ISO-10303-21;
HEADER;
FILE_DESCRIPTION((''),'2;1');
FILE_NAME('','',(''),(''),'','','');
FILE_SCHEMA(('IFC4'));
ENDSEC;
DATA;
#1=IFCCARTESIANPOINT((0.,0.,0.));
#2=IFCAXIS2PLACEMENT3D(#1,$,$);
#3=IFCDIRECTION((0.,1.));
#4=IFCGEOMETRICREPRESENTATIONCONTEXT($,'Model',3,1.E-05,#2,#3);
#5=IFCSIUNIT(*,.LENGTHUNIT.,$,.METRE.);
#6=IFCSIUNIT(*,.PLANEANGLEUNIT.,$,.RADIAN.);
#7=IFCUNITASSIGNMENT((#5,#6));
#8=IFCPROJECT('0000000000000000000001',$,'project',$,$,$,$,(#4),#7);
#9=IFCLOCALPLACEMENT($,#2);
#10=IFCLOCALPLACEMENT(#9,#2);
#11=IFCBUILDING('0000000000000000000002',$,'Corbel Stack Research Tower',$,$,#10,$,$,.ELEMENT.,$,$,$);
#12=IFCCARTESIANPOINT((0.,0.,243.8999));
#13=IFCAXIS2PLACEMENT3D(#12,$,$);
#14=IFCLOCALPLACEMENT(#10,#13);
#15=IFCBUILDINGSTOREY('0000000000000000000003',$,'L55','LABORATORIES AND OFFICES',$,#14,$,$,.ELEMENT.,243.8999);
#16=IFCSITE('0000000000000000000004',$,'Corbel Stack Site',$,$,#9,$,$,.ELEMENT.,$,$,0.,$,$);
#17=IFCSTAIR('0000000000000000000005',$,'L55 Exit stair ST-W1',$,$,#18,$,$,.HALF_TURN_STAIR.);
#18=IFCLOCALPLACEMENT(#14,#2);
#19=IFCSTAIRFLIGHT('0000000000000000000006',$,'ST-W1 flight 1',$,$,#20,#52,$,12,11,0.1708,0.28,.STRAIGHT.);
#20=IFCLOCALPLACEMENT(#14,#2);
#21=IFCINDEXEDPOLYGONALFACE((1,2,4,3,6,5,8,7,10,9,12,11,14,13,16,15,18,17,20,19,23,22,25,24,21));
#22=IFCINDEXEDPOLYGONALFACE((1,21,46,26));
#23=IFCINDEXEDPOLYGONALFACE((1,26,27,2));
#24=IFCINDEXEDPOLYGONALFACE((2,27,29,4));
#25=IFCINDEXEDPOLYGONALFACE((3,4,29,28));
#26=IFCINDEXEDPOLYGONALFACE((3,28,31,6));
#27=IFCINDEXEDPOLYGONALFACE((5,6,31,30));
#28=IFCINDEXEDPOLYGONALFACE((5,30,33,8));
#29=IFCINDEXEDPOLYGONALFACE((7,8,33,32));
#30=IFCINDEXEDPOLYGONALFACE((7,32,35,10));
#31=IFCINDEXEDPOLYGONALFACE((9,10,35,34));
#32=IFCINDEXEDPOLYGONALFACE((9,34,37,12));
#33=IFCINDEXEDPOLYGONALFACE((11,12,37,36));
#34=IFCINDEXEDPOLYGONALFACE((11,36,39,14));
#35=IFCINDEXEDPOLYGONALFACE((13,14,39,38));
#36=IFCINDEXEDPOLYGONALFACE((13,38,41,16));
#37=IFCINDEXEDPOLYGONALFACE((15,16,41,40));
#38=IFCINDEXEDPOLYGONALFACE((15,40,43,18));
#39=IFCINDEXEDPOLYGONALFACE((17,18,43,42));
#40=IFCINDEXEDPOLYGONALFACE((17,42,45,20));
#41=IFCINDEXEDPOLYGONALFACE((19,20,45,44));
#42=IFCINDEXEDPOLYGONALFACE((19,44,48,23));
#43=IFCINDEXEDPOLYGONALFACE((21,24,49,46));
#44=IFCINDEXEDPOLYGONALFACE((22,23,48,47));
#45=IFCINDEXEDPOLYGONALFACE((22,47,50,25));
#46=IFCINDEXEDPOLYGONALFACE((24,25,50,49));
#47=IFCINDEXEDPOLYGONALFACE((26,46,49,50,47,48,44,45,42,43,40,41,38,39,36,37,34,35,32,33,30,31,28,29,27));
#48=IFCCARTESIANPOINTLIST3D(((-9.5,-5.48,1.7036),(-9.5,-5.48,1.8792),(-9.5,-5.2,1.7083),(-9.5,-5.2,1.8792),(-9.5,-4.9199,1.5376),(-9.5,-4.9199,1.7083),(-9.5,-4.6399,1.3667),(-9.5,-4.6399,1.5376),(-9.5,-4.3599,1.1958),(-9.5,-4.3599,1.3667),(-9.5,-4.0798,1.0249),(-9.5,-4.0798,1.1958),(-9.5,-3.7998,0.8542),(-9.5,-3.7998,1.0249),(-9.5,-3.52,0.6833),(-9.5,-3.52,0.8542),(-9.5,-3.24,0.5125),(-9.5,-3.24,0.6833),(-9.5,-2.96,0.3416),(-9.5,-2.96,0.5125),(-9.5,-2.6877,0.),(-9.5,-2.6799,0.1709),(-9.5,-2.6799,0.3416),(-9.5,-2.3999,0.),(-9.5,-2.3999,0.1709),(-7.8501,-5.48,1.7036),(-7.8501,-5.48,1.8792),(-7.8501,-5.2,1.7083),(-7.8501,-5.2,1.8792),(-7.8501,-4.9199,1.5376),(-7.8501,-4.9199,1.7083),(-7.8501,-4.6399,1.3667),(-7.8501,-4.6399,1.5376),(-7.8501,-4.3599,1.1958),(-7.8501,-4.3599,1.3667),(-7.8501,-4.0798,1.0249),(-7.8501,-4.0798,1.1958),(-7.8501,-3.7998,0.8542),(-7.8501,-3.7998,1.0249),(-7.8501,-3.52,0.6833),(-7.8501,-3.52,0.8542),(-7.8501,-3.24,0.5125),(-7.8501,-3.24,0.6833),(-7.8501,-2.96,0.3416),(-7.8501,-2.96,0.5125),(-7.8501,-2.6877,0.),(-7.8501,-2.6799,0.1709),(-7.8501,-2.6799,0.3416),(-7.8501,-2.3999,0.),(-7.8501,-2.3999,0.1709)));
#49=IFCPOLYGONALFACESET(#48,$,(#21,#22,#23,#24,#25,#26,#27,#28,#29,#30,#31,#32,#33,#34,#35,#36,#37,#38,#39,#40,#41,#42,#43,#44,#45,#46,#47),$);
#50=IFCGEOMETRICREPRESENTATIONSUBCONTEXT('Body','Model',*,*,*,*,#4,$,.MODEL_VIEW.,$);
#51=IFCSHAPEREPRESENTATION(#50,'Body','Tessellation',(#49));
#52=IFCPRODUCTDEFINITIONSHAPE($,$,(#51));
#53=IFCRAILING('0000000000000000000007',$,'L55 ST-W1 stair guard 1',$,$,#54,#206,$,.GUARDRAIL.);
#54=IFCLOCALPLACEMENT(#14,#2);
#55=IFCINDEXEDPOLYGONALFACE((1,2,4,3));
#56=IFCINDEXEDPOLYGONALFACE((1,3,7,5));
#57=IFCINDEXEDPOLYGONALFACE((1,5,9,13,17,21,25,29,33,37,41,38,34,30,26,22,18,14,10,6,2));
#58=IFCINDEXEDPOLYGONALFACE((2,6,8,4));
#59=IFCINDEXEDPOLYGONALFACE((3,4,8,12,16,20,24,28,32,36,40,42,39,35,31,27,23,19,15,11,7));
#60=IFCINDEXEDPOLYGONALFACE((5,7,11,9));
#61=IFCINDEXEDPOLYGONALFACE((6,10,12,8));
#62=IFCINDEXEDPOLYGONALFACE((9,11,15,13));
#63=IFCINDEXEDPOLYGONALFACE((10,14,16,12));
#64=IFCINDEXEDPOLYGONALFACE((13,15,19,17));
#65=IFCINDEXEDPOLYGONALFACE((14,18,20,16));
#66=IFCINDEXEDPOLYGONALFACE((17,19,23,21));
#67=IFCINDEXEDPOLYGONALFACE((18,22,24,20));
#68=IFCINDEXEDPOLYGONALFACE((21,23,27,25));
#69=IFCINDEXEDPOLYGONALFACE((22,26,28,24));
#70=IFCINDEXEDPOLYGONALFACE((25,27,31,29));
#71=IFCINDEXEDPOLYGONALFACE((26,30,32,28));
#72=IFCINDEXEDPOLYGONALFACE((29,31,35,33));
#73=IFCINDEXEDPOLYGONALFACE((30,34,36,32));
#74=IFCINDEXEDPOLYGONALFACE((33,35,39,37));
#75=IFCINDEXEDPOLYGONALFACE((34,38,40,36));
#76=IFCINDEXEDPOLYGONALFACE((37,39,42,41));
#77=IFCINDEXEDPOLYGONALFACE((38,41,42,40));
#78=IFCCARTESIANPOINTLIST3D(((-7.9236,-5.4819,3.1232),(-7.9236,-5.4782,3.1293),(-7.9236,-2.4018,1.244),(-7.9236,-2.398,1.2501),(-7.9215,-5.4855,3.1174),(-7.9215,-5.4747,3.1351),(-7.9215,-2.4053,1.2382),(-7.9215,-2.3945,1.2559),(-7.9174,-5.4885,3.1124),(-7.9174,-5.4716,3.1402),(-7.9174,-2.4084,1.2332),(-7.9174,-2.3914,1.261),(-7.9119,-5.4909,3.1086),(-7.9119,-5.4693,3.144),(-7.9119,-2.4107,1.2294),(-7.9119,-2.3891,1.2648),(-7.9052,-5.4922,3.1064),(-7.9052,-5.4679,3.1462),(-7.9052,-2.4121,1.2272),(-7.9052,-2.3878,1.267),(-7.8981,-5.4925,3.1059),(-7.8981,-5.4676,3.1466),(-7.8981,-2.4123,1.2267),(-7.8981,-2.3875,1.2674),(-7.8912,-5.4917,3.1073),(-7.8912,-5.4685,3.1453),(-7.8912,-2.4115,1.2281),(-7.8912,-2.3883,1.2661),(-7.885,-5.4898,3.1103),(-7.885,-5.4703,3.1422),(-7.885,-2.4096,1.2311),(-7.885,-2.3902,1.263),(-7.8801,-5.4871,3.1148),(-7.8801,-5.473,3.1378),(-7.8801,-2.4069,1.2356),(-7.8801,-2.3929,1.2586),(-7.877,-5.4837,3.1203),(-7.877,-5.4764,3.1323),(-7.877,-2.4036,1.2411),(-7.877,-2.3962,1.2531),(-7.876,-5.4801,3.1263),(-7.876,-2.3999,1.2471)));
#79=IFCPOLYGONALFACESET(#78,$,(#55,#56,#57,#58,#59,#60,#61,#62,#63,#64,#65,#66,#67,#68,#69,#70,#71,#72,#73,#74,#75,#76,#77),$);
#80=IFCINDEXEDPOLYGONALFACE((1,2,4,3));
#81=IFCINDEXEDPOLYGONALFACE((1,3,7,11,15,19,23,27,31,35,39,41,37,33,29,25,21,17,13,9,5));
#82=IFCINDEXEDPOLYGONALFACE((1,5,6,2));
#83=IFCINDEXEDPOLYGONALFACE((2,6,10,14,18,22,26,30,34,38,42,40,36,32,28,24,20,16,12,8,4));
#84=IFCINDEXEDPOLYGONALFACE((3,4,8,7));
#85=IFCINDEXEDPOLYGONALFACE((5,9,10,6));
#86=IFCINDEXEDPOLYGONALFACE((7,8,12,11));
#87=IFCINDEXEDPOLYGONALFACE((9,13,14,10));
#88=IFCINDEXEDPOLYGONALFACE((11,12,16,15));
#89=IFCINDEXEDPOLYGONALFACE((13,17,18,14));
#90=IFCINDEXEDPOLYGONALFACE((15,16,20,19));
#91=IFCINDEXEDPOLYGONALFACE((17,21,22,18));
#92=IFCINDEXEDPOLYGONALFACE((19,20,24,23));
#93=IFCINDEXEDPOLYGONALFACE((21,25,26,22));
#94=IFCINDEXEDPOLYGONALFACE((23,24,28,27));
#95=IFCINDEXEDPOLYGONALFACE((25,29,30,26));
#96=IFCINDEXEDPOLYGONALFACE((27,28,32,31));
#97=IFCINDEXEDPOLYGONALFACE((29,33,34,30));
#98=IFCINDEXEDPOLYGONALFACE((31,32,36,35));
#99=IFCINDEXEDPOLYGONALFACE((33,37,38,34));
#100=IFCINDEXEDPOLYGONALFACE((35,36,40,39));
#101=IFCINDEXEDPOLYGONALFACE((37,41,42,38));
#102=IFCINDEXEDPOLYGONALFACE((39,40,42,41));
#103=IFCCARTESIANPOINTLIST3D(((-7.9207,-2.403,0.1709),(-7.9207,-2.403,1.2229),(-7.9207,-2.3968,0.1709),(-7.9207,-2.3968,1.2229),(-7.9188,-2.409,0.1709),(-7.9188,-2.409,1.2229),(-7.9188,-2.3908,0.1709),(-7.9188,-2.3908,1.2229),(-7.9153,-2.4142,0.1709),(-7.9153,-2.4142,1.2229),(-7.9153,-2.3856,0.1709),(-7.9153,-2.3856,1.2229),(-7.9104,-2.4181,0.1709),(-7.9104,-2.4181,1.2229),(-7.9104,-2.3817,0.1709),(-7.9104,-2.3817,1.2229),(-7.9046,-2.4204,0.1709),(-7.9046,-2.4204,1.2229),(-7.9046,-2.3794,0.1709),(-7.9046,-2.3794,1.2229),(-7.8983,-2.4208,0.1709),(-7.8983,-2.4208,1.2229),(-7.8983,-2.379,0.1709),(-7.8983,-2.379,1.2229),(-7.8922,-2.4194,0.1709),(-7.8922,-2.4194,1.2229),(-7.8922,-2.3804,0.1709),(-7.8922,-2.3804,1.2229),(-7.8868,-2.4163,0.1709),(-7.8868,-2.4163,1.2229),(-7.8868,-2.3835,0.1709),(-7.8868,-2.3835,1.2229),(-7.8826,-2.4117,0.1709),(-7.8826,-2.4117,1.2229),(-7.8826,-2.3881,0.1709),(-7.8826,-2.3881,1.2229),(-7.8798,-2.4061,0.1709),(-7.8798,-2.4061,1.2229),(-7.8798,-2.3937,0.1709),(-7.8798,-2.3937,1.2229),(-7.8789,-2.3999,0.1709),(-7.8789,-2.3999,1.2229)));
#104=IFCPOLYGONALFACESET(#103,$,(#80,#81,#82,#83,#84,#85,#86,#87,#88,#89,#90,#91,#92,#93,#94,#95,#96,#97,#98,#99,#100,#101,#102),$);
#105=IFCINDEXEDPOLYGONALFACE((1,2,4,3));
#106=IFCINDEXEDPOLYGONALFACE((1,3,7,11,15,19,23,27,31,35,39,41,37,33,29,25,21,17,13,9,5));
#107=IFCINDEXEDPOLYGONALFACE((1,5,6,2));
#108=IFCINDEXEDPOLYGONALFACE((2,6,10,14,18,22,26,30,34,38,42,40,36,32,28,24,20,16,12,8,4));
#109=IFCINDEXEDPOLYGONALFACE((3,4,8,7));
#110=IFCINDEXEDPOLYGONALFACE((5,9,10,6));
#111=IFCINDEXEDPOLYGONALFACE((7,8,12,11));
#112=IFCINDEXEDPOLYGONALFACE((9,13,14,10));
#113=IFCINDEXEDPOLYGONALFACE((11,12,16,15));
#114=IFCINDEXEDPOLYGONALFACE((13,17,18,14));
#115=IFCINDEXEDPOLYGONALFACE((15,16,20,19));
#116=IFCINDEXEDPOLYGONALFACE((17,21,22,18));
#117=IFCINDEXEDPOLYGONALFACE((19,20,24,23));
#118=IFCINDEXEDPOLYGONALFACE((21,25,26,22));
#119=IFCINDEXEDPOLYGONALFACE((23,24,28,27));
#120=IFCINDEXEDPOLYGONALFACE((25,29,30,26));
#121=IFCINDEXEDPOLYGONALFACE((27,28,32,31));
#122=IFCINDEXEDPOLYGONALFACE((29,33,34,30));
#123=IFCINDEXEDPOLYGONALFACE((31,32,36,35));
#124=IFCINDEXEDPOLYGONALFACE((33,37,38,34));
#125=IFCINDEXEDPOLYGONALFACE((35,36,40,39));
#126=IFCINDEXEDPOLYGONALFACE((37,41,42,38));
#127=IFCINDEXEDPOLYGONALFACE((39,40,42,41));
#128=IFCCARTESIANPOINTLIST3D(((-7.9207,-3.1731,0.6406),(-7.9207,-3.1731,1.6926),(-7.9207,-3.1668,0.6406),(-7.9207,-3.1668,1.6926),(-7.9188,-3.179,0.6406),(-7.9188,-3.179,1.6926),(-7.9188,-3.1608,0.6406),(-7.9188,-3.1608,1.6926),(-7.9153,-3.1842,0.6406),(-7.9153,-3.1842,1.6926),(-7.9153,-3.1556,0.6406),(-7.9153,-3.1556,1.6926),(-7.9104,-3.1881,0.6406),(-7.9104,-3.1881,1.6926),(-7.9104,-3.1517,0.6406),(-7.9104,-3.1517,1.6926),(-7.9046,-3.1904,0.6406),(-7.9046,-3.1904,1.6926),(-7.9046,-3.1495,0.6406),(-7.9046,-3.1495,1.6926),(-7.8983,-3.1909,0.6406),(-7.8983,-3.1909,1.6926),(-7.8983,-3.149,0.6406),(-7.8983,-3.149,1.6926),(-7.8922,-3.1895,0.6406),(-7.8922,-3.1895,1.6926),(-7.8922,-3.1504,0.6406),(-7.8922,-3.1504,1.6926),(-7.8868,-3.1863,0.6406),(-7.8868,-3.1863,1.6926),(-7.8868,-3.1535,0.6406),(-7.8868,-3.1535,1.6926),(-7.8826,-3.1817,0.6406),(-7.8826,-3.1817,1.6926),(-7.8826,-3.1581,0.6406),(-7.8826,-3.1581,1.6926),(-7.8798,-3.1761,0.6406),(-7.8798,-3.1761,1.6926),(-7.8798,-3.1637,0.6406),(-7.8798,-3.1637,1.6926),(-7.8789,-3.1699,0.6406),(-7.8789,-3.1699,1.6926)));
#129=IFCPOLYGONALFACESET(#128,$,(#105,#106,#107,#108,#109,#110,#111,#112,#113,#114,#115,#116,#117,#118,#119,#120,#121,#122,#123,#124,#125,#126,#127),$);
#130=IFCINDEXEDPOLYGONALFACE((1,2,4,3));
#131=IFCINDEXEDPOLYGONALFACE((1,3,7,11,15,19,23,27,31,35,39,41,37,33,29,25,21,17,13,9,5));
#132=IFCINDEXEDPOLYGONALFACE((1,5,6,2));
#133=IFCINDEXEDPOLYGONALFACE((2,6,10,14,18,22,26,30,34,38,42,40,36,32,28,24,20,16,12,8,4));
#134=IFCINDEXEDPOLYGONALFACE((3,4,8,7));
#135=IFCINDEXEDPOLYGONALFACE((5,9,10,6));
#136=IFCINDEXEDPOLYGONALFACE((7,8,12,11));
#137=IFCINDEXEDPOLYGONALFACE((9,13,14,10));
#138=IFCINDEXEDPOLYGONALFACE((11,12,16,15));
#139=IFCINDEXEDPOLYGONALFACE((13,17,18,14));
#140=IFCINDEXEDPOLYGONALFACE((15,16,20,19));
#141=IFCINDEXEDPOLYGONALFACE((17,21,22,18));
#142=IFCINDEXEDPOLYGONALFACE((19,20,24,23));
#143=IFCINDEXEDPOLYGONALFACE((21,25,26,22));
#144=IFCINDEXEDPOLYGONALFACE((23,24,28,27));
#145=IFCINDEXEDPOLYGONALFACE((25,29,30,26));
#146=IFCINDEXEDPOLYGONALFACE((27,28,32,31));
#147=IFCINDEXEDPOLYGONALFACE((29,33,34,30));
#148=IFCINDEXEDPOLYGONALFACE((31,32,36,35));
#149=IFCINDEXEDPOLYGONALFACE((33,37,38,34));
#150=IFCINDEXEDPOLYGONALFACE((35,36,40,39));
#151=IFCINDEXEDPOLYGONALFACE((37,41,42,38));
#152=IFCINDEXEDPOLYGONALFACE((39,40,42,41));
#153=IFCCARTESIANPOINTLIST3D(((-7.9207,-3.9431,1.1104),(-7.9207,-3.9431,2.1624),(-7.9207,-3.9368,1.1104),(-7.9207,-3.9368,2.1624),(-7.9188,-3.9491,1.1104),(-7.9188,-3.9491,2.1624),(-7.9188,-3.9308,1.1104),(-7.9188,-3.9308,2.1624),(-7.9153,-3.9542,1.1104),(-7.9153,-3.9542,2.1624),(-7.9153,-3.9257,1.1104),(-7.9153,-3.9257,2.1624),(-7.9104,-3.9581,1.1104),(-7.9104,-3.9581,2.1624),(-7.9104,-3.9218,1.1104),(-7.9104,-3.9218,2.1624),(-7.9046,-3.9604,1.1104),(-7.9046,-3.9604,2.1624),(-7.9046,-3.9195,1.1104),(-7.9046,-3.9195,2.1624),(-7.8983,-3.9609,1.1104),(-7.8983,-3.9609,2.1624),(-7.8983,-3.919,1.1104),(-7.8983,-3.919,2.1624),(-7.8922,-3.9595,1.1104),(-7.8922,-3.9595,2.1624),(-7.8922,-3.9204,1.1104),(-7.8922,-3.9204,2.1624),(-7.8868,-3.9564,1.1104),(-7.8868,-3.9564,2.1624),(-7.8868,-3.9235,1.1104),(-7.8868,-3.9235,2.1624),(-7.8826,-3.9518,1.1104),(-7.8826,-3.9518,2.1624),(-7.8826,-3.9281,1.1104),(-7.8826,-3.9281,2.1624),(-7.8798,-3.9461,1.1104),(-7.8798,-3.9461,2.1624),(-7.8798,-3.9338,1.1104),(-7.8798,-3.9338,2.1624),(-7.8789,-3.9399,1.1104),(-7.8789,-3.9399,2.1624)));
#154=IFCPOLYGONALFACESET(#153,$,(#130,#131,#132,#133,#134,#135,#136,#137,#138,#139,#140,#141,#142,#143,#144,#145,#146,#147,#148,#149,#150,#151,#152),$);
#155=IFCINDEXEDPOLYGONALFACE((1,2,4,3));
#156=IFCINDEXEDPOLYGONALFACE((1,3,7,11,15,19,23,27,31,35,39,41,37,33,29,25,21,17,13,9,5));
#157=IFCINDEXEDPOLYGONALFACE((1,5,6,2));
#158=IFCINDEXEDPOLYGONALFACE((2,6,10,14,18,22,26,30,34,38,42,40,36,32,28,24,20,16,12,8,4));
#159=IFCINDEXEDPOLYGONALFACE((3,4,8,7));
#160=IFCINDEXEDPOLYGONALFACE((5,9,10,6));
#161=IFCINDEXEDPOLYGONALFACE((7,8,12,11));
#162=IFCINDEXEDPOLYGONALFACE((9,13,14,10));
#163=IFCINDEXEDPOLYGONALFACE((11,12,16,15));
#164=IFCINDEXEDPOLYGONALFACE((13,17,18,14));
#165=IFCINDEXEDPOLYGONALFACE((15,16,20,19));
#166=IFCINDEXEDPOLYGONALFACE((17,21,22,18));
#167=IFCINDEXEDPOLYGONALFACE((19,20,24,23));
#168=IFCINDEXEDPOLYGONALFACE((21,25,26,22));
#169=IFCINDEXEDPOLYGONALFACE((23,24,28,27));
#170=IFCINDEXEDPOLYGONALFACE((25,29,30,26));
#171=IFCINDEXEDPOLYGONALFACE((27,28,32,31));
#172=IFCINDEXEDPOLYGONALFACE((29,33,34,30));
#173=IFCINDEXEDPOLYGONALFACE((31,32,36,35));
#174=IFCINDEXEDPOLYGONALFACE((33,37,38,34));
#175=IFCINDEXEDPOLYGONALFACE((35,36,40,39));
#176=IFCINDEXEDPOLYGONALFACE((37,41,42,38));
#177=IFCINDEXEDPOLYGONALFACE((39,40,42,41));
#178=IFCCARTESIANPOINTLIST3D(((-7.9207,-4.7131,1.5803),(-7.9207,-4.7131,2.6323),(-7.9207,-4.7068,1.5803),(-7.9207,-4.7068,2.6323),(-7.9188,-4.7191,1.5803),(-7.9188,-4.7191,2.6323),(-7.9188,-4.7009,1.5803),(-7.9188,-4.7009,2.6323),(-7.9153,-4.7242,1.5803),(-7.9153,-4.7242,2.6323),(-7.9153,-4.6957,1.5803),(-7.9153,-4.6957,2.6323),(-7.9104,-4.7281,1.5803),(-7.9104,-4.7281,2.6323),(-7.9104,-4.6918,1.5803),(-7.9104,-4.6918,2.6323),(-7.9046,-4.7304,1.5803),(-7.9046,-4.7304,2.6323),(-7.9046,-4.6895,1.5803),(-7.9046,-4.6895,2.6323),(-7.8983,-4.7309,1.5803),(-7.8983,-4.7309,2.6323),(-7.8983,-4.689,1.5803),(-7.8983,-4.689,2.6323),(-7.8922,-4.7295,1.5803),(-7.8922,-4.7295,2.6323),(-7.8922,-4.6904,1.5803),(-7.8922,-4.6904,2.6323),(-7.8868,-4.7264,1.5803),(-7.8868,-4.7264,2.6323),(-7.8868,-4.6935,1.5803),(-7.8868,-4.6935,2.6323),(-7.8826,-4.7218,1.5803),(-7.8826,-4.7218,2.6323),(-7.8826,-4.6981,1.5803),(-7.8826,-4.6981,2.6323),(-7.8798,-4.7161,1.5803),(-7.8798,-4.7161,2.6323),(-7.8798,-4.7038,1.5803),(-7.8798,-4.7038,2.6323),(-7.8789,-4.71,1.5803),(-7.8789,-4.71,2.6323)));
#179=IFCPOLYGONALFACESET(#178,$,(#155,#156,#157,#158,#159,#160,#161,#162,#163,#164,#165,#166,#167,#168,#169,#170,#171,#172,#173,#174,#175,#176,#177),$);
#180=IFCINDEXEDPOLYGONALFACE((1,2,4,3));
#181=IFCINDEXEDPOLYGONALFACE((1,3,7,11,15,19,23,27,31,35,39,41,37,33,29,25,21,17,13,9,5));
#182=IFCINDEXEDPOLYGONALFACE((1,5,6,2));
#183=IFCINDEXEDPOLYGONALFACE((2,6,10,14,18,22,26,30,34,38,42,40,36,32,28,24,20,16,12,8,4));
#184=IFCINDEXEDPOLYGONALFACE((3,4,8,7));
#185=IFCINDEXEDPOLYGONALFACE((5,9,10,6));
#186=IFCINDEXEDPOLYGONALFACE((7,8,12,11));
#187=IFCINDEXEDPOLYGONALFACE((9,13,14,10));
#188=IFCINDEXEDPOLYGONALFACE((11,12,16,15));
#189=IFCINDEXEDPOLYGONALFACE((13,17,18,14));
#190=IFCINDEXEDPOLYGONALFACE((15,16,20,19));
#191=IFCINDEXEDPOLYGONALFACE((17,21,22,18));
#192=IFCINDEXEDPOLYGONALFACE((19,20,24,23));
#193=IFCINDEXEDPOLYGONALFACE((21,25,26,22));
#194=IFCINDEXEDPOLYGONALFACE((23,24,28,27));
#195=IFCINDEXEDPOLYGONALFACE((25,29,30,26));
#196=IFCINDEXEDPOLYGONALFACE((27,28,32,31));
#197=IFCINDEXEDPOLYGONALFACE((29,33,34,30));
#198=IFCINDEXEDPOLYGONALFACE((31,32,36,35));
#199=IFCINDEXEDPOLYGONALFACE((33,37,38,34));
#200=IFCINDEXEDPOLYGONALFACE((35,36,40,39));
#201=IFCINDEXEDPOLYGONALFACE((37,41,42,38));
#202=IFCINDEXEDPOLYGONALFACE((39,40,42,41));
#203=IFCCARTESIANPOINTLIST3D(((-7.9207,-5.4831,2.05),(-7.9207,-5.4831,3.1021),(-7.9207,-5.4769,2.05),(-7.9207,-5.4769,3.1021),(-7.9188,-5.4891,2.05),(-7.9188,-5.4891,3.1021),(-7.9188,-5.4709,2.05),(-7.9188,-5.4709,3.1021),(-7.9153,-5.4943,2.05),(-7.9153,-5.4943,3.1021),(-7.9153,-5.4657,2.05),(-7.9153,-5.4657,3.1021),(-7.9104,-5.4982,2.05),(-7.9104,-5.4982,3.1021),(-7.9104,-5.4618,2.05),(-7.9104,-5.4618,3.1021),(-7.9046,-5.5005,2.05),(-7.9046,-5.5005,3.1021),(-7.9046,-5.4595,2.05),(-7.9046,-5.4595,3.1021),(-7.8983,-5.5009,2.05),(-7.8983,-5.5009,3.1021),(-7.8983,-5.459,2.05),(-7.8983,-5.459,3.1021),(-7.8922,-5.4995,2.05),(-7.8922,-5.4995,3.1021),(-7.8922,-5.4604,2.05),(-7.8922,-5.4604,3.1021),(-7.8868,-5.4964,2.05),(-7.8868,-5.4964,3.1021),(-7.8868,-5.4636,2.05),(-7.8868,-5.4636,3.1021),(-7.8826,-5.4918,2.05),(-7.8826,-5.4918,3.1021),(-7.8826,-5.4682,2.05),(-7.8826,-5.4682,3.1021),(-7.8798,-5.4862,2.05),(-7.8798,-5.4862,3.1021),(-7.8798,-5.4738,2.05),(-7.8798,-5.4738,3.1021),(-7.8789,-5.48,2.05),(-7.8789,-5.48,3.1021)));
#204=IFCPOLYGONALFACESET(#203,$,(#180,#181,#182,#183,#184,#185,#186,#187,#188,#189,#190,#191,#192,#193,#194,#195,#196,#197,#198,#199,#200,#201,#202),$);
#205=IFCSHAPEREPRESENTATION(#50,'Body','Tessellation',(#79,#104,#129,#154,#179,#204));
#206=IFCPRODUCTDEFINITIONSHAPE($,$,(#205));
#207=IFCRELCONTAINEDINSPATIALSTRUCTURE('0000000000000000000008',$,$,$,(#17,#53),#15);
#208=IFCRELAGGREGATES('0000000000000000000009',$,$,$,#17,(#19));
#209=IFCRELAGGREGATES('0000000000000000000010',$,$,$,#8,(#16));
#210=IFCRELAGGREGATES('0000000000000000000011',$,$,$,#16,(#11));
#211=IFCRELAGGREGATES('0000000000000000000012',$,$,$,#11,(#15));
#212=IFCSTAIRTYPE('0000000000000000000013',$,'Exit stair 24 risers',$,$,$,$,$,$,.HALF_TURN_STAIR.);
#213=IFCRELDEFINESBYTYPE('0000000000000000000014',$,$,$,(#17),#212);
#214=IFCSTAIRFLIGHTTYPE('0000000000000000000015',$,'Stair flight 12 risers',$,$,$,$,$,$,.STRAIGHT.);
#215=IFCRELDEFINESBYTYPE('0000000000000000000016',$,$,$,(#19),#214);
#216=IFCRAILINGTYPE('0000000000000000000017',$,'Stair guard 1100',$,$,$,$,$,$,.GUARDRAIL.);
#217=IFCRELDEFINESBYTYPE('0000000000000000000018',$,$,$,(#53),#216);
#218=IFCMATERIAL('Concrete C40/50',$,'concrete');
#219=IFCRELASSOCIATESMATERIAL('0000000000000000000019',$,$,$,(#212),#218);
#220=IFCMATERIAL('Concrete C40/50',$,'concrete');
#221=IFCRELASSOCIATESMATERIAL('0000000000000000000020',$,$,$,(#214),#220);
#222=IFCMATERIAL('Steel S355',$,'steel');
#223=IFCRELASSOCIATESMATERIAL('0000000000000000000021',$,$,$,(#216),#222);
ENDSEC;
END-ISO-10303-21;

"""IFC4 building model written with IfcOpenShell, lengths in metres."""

from ifc_helpers import new_model, si_unit, direction, frame, origin, origin_2d, place, context, subcontext, project, spatial, polyline, circle, outline, extrude, material, type_object, element, aggregate, save


model = new_model("IFC4")

# Units and contexts
model_context = context("Model", 3, precision=1e-05, world=origin(), true_north=direction((0.0, 1.0)))
body_context = subcontext(model_context, "Body", "Model", "MODEL_VIEW")
ifc_project = project(units=[si_unit("LENGTHUNIT", "METRE"), si_unit("PLANEANGLEUNIT", "RADIAN")], contexts=[model_context])

# Site, building, storey
site_placement = place(None, origin())
site = spatial("IfcSite", under=ifc_project, at=site_placement, Name="Corbel Stack Site", CompositionType="ELEMENT", RefElevation=0.0)
building_placement = place(site_placement, origin())
building = spatial("IfcBuilding", under=site, at=building_placement, Name="Corbel Stack Research Tower", CompositionType="ELEMENT")
storey_placement = place(building_placement, frame((0.0, 0.0, 243.8999)))
storey = spatial("IfcBuildingStorey", under=building, at=storey_placement, Name="L55", Description="LABORATORIES AND OFFICES", CompositionType="ELEMENT", Elevation=243.8999)

# Stair, stair flight
ifc_material_1 = material(Name="Concrete C40/50", Category="concrete")
stair_type = type_object("IfcStairType", Name="Exit stair 24 risers", PredefinedType="HALF_TURN_STAIR", material=ifc_material_1)
stair_placement = place(storey_placement, origin())
stair = element("IfcStair", 1, at=stair_placement, inside=storey, type_object=stair_type, Name="L55 Exit stair ST-W1", PredefinedType="HALF_TURN_STAIR")
ifc_material_2 = material(Name="Concrete C40/50", Category="concrete")
stair_flight_type = type_object("IfcStairFlightType", Name="Stair flight 12 risers", PredefinedType="STRAIGHT", material=ifc_material_2)
stair_flight_placement = place(storey_placement, frame((-8.675, -2.3999, 0.0), z_axis=(0.0, 0.0, 1.0), x_axis=(0.0, -1.0, 0.0)))
stair_flight = element("IfcStairFlight", 2, at=stair_flight_placement, type_object=stair_flight_type, Name="ST-W1 flight 1", NumberOfRisers=12, NumberOfTreads=11, PredefinedType="STRAIGHT", RiserHeight=0.1708, TreadLength=0.28, context=body_context, shape_type="SweptSolid", body=[
    extrude(outline(polyline([(0.0, 0.0), (0.0, 0.1709), (0.28, 0.1709), (0.28, 0.3416), (0.5601, 0.3416), (0.5601, 0.5125), (0.8401, 0.5125), (0.8401, 0.6833), (1.1201, 0.6833), (1.1201, 0.8542), (1.3999, 0.8542), (1.3999, 1.0249), (1.6799, 1.0249), (1.6799, 1.1958), (1.96, 1.1958), (1.96, 1.3667), (2.24, 1.3667), (2.24, 1.5376), (2.52, 1.5376), (2.52, 1.7083), (2.8, 1.7083), (2.8, 1.8792), (3.0801, 1.8792), (3.0801, 2.05), (3.0801, 1.7036), (0.2878, 0.0), (0.0, 0.0)])), frame((0.0, 0.825, 0.0), z_axis=(0.0, -1.0, 0.0), x_axis=(1.0, 0.0, 0.0)), (0.0, 0.0, 1.0), 1.6499),
])
aggregate(stair, [stair_flight])

# Railing
ifc_material_3 = material(Name="Steel S355", Category="steel")
railing_type_1 = type_object("IfcRailingType", Name="Stair guard 1100", PredefinedType="GUARDRAIL", material=ifc_material_3)
railing_1_placement = place(storey_placement, frame((-7.8999, -2.3999, 0.1709)))
element("IfcRailing", 3, at=railing_1_placement, inside=storey, type_object=railing_type_1, Name="L55 ST-W1 stair guard 1", PredefinedType="GUARDRAIL", context=body_context, shape_type="SweptSolid", body=[
    extrude(circle(Radius=0.0239, at=origin_2d()), frame((0.0, 0.0, 1.0762), z_axis=(0.0, -0.853666, 0.52082), x_axis=(1.0, 0.0, 0.0)), (0.0, 0.0, 1.0), 3.6082),
    extrude(circle(Radius=0.021, at=origin_2d()), origin(), (0.0, 0.0, 1.0), 1.052),
    extrude(circle(Radius=0.021, at=origin_2d()), frame((0.0, -0.77, 0.4697)), (0.0, 0.0, 1.0), 1.052),
    extrude(circle(Radius=0.021, at=origin_2d()), frame((0.0, -1.54, 0.9395)), (0.0, 0.0, 1.0), 1.052),
    extrude(circle(Radius=0.021, at=origin_2d()), frame((0.0, -2.3101, 1.4094)), (0.0, 0.0, 1.0), 1.052),
    extrude(circle(Radius=0.021, at=origin_2d()), frame((0.0, -3.0801, 1.8792)), (0.0, 0.0, 1.0), 1.052),
])

save(model, "model.ifc")
